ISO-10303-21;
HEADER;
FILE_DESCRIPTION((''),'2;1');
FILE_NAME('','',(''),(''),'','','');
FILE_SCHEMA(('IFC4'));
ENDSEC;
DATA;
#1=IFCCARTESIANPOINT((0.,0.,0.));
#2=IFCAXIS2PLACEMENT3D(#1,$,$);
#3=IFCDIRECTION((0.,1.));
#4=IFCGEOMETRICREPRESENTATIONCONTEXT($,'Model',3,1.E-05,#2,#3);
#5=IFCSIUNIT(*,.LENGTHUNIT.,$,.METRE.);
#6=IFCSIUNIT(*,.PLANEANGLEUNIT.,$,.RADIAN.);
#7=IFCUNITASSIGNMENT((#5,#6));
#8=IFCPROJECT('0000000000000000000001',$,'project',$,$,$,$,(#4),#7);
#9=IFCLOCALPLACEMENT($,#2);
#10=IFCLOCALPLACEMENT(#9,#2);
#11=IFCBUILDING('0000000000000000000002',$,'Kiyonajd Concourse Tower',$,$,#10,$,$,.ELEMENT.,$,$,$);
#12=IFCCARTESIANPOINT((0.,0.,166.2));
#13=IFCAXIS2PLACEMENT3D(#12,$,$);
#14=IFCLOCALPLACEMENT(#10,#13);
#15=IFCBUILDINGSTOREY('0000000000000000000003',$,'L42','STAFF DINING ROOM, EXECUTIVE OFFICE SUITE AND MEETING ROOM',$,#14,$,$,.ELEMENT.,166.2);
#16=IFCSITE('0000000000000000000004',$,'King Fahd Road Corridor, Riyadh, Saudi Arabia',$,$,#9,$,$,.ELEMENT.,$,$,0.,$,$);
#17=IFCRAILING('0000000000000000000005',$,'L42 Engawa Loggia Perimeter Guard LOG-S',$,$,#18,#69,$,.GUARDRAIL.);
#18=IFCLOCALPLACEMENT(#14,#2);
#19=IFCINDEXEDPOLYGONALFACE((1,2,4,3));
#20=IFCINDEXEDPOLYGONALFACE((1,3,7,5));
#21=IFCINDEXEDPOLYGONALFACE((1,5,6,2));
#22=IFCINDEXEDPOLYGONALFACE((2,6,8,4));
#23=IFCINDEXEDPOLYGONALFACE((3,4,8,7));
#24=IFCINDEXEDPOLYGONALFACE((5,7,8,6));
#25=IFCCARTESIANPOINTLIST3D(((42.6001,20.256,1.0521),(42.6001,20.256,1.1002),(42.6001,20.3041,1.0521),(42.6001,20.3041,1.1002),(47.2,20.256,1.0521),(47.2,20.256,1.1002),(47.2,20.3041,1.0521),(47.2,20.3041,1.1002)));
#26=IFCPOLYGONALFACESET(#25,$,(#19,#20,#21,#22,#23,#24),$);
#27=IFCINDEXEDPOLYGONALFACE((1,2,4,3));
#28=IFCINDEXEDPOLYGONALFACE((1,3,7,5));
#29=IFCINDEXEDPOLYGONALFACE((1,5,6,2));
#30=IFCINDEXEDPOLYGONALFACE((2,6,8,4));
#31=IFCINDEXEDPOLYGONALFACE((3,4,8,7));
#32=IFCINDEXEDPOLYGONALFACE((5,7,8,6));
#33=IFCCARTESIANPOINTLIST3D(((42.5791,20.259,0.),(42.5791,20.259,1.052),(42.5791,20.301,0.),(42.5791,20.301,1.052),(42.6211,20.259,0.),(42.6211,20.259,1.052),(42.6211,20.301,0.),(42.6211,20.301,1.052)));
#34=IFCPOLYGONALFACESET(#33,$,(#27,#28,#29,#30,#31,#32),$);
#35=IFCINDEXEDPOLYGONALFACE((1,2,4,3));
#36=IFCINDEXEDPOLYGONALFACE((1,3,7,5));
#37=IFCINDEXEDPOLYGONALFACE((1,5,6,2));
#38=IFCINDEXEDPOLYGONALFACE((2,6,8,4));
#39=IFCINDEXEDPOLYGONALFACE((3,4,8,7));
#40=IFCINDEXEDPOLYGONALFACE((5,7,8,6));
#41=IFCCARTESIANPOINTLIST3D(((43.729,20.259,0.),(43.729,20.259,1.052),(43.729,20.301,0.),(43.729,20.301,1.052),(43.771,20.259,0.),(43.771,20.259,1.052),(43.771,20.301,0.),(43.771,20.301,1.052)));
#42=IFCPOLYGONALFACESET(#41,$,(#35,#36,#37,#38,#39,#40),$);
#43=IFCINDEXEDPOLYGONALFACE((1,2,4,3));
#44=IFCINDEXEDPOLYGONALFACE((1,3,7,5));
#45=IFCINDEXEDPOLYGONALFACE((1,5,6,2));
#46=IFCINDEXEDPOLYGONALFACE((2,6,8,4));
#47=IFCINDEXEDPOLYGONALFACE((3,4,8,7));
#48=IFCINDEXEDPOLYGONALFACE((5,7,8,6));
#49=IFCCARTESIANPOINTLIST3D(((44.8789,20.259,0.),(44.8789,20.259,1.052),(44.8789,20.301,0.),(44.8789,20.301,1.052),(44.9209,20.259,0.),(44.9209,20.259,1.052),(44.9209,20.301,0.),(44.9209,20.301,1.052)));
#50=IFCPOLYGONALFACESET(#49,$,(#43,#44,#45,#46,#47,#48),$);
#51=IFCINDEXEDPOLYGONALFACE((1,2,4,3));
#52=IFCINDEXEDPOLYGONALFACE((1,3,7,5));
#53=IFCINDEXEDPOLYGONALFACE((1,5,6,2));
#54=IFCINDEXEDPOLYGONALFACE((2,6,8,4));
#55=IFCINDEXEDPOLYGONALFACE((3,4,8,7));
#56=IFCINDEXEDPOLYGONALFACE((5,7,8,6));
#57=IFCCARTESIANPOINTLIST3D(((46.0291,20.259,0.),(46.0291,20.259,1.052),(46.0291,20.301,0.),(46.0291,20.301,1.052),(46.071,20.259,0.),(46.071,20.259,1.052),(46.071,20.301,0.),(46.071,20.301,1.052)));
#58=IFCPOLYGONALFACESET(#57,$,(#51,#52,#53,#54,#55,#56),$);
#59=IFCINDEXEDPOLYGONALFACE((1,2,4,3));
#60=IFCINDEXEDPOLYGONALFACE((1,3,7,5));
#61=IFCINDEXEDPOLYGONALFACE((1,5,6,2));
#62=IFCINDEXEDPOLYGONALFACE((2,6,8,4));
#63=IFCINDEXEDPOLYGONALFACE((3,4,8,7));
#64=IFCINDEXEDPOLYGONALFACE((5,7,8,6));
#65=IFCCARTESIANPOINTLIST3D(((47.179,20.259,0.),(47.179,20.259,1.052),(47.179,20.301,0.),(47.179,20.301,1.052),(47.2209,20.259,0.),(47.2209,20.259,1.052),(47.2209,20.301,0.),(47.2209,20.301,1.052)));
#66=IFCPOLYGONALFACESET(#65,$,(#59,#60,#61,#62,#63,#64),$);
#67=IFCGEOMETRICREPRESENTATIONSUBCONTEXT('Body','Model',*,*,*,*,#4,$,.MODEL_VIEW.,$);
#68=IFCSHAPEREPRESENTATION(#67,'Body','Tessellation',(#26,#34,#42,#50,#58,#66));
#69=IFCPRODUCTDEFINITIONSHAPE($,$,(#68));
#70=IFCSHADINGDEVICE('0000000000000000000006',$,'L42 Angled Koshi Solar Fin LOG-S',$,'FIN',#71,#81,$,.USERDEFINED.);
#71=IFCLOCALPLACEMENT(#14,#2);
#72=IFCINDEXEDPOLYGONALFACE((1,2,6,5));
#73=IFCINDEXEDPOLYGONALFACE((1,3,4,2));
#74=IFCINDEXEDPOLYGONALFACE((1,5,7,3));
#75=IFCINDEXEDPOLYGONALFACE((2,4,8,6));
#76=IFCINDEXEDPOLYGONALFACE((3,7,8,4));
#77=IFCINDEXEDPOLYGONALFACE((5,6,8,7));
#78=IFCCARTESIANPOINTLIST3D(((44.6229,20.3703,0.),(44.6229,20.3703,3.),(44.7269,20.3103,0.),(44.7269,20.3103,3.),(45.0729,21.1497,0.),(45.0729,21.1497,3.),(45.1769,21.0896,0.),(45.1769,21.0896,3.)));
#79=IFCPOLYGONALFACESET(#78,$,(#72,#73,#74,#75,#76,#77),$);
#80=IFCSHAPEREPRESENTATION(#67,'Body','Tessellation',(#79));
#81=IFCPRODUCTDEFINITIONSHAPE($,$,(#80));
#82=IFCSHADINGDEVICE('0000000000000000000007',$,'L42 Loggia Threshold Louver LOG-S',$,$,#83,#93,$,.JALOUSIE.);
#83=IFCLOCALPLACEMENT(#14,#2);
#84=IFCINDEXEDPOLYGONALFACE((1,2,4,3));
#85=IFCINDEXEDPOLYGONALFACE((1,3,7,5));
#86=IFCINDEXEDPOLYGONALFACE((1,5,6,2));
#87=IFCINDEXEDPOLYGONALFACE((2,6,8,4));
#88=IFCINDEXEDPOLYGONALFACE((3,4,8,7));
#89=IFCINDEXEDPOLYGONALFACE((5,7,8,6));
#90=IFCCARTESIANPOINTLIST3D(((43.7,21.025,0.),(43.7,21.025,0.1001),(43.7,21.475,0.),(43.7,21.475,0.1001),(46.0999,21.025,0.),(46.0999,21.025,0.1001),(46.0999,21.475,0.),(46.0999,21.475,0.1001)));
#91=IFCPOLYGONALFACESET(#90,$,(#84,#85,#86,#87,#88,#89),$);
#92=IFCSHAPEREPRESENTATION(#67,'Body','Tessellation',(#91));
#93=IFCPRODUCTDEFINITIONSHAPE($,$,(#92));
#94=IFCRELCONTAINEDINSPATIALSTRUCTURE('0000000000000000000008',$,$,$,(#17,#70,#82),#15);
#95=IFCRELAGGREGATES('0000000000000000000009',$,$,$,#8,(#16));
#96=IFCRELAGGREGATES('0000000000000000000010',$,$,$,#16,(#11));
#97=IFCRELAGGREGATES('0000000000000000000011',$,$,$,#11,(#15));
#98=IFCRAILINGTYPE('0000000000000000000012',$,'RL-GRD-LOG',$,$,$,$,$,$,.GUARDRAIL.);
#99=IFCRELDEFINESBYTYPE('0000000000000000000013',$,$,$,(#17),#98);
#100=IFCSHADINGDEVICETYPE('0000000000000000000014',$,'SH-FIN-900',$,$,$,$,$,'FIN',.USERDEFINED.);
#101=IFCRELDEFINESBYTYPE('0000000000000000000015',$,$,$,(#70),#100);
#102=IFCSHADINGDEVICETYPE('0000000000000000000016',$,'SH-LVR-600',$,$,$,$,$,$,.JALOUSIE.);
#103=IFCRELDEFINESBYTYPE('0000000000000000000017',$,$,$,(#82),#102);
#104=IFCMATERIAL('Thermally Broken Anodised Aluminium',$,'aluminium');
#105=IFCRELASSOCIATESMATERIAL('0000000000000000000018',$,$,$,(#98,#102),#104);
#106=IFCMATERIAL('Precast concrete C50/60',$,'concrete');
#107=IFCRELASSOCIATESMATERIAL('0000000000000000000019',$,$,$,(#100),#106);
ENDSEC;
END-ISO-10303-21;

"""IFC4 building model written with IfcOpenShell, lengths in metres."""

from ifc_helpers import new_model, si_unit, direction, frame, origin, origin_2d, place, context, subcontext, project, spatial, rectangle, extrude, material, type_object, element, save


model = new_model("IFC4")

# Units and contexts
model_context = context("Model", 3, precision=1e-05, world=origin(), true_north=direction((0.0, 1.0)))
body_context = subcontext(model_context, "Body", "Model", "MODEL_VIEW")
ifc_project = project(units=[si_unit("LENGTHUNIT", "METRE"), si_unit("PLANEANGLEUNIT", "RADIAN")], contexts=[model_context])

# Site, building, storey
site_placement = place(None, origin())
site = spatial("IfcSite", under=ifc_project, at=site_placement, Name="King Fahd Road Corridor, Riyadh, Saudi Arabia", CompositionType="ELEMENT", RefElevation=0.0)
building_placement = place(site_placement, origin())
building = spatial("IfcBuilding", under=site, at=building_placement, Name="Kiyonajd Concourse Tower", CompositionType="ELEMENT")
storey_placement = place(building_placement, frame((0.0, 0.0, 166.2)))
storey = spatial("IfcBuildingStorey", under=building, at=storey_placement, Name="L42", Description="STAFF DINING ROOM, EXECUTIVE OFFICE SUITE AND MEETING ROOM", CompositionType="ELEMENT", Elevation=166.2)

# Shared definitions
ifc_material_1 = material(Name="Thermally Broken Anodised Aluminium", Category="aluminium")

# Shared definitions
ifc_material_2 = material(Name="Precast concrete C50/60", Category="concrete")

# Railing
railing_type = type_object("IfcRailingType", Name="RL-GRD-LOG", PredefinedType="GUARDRAIL", material=ifc_material_1)
railing_placement = place(storey_placement, frame((42.6001, 20.28, 0.0)))
element("IfcRailing", 1, at=railing_placement, inside=storey, type_object=railing_type, Name="L42 Engawa Loggia Perimeter Guard LOG-S", PredefinedType="GUARDRAIL", context=body_context, shape_type="SweptSolid", body=[
    extrude(rectangle(XDim=0.0481, YDim=0.0481, at=origin_2d()), frame((0.0, 0.0, 1.0762), z_axis=(1.0, 0.0, 0.0), x_axis=(0.0, 1.0, 0.0)), (0.0, 0.0, 1.0), 4.5999),
    extrude(rectangle(XDim=0.042, YDim=0.042, at=origin_2d()), origin(), (0.0, 0.0, 1.0), 1.052),
    extrude(rectangle(XDim=0.042, YDim=0.042, at=origin_2d()), frame((1.1499, 0.0, 0.0)), (0.0, 0.0, 1.0), 1.052),
    extrude(rectangle(XDim=0.042, YDim=0.042, at=origin_2d()), frame((2.2998, 0.0, 0.0)), (0.0, 0.0, 1.0), 1.052),
    extrude(rectangle(XDim=0.042, YDim=0.042, at=origin_2d()), frame((3.45, 0.0, 0.0)), (0.0, 0.0, 1.0), 1.052),
    extrude(rectangle(XDim=0.042, YDim=0.042, at=origin_2d()), frame((4.5999, 0.0, 0.0)), (0.0, 0.0, 1.0), 1.052),
])

# Shading devices
shading_device_type_1 = type_object("IfcShadingDeviceType", Name="SH-FIN-900", ElementType="FIN", PredefinedType="USERDEFINED", material=ifc_material_2)
shading_device_1_placement = place(storey_placement, frame((44.8999, 20.73, 0.0), z_axis=(0.0, 0.0, 1.0), x_axis=(0.5, 0.866025, 0.0)))
element("IfcShadingDevice", 2, at=shading_device_1_placement, inside=storey, type_object=shading_device_type_1, Name="L42 Angled Koshi Solar Fin LOG-S", ObjectType="FIN", PredefinedType="USERDEFINED", context=body_context, shape_type="SweptSolid", body=[
    extrude(rectangle(XDim=0.8999, YDim=0.1201, at=origin_2d()), origin(), (0.0, 0.0, 1.0), 3.0),
])
shading_device_type_2 = type_object("IfcShadingDeviceType", Name="SH-LVR-600", PredefinedType="JALOUSIE", material=ifc_material_1)
shading_device_2_placement = place(storey_placement, frame((44.8999, 21.25, 0.0), z_axis=(0.0, 0.0, 1.0), x_axis=(1.0, 0.0, 0.0)))
element("IfcShadingDevice", 3, at=shading_device_2_placement, inside=storey, type_object=shading_device_type_2, Name="L42 Loggia Threshold Louver LOG-S", PredefinedType="JALOUSIE", context=body_context, shape_type="SweptSolid", body=[
    extrude(rectangle(XDim=2.3999, YDim=0.45, at=origin_2d()), origin(), (0.0, 0.0, 1.0), 0.1001),
])

save(model, "model.ifc")
